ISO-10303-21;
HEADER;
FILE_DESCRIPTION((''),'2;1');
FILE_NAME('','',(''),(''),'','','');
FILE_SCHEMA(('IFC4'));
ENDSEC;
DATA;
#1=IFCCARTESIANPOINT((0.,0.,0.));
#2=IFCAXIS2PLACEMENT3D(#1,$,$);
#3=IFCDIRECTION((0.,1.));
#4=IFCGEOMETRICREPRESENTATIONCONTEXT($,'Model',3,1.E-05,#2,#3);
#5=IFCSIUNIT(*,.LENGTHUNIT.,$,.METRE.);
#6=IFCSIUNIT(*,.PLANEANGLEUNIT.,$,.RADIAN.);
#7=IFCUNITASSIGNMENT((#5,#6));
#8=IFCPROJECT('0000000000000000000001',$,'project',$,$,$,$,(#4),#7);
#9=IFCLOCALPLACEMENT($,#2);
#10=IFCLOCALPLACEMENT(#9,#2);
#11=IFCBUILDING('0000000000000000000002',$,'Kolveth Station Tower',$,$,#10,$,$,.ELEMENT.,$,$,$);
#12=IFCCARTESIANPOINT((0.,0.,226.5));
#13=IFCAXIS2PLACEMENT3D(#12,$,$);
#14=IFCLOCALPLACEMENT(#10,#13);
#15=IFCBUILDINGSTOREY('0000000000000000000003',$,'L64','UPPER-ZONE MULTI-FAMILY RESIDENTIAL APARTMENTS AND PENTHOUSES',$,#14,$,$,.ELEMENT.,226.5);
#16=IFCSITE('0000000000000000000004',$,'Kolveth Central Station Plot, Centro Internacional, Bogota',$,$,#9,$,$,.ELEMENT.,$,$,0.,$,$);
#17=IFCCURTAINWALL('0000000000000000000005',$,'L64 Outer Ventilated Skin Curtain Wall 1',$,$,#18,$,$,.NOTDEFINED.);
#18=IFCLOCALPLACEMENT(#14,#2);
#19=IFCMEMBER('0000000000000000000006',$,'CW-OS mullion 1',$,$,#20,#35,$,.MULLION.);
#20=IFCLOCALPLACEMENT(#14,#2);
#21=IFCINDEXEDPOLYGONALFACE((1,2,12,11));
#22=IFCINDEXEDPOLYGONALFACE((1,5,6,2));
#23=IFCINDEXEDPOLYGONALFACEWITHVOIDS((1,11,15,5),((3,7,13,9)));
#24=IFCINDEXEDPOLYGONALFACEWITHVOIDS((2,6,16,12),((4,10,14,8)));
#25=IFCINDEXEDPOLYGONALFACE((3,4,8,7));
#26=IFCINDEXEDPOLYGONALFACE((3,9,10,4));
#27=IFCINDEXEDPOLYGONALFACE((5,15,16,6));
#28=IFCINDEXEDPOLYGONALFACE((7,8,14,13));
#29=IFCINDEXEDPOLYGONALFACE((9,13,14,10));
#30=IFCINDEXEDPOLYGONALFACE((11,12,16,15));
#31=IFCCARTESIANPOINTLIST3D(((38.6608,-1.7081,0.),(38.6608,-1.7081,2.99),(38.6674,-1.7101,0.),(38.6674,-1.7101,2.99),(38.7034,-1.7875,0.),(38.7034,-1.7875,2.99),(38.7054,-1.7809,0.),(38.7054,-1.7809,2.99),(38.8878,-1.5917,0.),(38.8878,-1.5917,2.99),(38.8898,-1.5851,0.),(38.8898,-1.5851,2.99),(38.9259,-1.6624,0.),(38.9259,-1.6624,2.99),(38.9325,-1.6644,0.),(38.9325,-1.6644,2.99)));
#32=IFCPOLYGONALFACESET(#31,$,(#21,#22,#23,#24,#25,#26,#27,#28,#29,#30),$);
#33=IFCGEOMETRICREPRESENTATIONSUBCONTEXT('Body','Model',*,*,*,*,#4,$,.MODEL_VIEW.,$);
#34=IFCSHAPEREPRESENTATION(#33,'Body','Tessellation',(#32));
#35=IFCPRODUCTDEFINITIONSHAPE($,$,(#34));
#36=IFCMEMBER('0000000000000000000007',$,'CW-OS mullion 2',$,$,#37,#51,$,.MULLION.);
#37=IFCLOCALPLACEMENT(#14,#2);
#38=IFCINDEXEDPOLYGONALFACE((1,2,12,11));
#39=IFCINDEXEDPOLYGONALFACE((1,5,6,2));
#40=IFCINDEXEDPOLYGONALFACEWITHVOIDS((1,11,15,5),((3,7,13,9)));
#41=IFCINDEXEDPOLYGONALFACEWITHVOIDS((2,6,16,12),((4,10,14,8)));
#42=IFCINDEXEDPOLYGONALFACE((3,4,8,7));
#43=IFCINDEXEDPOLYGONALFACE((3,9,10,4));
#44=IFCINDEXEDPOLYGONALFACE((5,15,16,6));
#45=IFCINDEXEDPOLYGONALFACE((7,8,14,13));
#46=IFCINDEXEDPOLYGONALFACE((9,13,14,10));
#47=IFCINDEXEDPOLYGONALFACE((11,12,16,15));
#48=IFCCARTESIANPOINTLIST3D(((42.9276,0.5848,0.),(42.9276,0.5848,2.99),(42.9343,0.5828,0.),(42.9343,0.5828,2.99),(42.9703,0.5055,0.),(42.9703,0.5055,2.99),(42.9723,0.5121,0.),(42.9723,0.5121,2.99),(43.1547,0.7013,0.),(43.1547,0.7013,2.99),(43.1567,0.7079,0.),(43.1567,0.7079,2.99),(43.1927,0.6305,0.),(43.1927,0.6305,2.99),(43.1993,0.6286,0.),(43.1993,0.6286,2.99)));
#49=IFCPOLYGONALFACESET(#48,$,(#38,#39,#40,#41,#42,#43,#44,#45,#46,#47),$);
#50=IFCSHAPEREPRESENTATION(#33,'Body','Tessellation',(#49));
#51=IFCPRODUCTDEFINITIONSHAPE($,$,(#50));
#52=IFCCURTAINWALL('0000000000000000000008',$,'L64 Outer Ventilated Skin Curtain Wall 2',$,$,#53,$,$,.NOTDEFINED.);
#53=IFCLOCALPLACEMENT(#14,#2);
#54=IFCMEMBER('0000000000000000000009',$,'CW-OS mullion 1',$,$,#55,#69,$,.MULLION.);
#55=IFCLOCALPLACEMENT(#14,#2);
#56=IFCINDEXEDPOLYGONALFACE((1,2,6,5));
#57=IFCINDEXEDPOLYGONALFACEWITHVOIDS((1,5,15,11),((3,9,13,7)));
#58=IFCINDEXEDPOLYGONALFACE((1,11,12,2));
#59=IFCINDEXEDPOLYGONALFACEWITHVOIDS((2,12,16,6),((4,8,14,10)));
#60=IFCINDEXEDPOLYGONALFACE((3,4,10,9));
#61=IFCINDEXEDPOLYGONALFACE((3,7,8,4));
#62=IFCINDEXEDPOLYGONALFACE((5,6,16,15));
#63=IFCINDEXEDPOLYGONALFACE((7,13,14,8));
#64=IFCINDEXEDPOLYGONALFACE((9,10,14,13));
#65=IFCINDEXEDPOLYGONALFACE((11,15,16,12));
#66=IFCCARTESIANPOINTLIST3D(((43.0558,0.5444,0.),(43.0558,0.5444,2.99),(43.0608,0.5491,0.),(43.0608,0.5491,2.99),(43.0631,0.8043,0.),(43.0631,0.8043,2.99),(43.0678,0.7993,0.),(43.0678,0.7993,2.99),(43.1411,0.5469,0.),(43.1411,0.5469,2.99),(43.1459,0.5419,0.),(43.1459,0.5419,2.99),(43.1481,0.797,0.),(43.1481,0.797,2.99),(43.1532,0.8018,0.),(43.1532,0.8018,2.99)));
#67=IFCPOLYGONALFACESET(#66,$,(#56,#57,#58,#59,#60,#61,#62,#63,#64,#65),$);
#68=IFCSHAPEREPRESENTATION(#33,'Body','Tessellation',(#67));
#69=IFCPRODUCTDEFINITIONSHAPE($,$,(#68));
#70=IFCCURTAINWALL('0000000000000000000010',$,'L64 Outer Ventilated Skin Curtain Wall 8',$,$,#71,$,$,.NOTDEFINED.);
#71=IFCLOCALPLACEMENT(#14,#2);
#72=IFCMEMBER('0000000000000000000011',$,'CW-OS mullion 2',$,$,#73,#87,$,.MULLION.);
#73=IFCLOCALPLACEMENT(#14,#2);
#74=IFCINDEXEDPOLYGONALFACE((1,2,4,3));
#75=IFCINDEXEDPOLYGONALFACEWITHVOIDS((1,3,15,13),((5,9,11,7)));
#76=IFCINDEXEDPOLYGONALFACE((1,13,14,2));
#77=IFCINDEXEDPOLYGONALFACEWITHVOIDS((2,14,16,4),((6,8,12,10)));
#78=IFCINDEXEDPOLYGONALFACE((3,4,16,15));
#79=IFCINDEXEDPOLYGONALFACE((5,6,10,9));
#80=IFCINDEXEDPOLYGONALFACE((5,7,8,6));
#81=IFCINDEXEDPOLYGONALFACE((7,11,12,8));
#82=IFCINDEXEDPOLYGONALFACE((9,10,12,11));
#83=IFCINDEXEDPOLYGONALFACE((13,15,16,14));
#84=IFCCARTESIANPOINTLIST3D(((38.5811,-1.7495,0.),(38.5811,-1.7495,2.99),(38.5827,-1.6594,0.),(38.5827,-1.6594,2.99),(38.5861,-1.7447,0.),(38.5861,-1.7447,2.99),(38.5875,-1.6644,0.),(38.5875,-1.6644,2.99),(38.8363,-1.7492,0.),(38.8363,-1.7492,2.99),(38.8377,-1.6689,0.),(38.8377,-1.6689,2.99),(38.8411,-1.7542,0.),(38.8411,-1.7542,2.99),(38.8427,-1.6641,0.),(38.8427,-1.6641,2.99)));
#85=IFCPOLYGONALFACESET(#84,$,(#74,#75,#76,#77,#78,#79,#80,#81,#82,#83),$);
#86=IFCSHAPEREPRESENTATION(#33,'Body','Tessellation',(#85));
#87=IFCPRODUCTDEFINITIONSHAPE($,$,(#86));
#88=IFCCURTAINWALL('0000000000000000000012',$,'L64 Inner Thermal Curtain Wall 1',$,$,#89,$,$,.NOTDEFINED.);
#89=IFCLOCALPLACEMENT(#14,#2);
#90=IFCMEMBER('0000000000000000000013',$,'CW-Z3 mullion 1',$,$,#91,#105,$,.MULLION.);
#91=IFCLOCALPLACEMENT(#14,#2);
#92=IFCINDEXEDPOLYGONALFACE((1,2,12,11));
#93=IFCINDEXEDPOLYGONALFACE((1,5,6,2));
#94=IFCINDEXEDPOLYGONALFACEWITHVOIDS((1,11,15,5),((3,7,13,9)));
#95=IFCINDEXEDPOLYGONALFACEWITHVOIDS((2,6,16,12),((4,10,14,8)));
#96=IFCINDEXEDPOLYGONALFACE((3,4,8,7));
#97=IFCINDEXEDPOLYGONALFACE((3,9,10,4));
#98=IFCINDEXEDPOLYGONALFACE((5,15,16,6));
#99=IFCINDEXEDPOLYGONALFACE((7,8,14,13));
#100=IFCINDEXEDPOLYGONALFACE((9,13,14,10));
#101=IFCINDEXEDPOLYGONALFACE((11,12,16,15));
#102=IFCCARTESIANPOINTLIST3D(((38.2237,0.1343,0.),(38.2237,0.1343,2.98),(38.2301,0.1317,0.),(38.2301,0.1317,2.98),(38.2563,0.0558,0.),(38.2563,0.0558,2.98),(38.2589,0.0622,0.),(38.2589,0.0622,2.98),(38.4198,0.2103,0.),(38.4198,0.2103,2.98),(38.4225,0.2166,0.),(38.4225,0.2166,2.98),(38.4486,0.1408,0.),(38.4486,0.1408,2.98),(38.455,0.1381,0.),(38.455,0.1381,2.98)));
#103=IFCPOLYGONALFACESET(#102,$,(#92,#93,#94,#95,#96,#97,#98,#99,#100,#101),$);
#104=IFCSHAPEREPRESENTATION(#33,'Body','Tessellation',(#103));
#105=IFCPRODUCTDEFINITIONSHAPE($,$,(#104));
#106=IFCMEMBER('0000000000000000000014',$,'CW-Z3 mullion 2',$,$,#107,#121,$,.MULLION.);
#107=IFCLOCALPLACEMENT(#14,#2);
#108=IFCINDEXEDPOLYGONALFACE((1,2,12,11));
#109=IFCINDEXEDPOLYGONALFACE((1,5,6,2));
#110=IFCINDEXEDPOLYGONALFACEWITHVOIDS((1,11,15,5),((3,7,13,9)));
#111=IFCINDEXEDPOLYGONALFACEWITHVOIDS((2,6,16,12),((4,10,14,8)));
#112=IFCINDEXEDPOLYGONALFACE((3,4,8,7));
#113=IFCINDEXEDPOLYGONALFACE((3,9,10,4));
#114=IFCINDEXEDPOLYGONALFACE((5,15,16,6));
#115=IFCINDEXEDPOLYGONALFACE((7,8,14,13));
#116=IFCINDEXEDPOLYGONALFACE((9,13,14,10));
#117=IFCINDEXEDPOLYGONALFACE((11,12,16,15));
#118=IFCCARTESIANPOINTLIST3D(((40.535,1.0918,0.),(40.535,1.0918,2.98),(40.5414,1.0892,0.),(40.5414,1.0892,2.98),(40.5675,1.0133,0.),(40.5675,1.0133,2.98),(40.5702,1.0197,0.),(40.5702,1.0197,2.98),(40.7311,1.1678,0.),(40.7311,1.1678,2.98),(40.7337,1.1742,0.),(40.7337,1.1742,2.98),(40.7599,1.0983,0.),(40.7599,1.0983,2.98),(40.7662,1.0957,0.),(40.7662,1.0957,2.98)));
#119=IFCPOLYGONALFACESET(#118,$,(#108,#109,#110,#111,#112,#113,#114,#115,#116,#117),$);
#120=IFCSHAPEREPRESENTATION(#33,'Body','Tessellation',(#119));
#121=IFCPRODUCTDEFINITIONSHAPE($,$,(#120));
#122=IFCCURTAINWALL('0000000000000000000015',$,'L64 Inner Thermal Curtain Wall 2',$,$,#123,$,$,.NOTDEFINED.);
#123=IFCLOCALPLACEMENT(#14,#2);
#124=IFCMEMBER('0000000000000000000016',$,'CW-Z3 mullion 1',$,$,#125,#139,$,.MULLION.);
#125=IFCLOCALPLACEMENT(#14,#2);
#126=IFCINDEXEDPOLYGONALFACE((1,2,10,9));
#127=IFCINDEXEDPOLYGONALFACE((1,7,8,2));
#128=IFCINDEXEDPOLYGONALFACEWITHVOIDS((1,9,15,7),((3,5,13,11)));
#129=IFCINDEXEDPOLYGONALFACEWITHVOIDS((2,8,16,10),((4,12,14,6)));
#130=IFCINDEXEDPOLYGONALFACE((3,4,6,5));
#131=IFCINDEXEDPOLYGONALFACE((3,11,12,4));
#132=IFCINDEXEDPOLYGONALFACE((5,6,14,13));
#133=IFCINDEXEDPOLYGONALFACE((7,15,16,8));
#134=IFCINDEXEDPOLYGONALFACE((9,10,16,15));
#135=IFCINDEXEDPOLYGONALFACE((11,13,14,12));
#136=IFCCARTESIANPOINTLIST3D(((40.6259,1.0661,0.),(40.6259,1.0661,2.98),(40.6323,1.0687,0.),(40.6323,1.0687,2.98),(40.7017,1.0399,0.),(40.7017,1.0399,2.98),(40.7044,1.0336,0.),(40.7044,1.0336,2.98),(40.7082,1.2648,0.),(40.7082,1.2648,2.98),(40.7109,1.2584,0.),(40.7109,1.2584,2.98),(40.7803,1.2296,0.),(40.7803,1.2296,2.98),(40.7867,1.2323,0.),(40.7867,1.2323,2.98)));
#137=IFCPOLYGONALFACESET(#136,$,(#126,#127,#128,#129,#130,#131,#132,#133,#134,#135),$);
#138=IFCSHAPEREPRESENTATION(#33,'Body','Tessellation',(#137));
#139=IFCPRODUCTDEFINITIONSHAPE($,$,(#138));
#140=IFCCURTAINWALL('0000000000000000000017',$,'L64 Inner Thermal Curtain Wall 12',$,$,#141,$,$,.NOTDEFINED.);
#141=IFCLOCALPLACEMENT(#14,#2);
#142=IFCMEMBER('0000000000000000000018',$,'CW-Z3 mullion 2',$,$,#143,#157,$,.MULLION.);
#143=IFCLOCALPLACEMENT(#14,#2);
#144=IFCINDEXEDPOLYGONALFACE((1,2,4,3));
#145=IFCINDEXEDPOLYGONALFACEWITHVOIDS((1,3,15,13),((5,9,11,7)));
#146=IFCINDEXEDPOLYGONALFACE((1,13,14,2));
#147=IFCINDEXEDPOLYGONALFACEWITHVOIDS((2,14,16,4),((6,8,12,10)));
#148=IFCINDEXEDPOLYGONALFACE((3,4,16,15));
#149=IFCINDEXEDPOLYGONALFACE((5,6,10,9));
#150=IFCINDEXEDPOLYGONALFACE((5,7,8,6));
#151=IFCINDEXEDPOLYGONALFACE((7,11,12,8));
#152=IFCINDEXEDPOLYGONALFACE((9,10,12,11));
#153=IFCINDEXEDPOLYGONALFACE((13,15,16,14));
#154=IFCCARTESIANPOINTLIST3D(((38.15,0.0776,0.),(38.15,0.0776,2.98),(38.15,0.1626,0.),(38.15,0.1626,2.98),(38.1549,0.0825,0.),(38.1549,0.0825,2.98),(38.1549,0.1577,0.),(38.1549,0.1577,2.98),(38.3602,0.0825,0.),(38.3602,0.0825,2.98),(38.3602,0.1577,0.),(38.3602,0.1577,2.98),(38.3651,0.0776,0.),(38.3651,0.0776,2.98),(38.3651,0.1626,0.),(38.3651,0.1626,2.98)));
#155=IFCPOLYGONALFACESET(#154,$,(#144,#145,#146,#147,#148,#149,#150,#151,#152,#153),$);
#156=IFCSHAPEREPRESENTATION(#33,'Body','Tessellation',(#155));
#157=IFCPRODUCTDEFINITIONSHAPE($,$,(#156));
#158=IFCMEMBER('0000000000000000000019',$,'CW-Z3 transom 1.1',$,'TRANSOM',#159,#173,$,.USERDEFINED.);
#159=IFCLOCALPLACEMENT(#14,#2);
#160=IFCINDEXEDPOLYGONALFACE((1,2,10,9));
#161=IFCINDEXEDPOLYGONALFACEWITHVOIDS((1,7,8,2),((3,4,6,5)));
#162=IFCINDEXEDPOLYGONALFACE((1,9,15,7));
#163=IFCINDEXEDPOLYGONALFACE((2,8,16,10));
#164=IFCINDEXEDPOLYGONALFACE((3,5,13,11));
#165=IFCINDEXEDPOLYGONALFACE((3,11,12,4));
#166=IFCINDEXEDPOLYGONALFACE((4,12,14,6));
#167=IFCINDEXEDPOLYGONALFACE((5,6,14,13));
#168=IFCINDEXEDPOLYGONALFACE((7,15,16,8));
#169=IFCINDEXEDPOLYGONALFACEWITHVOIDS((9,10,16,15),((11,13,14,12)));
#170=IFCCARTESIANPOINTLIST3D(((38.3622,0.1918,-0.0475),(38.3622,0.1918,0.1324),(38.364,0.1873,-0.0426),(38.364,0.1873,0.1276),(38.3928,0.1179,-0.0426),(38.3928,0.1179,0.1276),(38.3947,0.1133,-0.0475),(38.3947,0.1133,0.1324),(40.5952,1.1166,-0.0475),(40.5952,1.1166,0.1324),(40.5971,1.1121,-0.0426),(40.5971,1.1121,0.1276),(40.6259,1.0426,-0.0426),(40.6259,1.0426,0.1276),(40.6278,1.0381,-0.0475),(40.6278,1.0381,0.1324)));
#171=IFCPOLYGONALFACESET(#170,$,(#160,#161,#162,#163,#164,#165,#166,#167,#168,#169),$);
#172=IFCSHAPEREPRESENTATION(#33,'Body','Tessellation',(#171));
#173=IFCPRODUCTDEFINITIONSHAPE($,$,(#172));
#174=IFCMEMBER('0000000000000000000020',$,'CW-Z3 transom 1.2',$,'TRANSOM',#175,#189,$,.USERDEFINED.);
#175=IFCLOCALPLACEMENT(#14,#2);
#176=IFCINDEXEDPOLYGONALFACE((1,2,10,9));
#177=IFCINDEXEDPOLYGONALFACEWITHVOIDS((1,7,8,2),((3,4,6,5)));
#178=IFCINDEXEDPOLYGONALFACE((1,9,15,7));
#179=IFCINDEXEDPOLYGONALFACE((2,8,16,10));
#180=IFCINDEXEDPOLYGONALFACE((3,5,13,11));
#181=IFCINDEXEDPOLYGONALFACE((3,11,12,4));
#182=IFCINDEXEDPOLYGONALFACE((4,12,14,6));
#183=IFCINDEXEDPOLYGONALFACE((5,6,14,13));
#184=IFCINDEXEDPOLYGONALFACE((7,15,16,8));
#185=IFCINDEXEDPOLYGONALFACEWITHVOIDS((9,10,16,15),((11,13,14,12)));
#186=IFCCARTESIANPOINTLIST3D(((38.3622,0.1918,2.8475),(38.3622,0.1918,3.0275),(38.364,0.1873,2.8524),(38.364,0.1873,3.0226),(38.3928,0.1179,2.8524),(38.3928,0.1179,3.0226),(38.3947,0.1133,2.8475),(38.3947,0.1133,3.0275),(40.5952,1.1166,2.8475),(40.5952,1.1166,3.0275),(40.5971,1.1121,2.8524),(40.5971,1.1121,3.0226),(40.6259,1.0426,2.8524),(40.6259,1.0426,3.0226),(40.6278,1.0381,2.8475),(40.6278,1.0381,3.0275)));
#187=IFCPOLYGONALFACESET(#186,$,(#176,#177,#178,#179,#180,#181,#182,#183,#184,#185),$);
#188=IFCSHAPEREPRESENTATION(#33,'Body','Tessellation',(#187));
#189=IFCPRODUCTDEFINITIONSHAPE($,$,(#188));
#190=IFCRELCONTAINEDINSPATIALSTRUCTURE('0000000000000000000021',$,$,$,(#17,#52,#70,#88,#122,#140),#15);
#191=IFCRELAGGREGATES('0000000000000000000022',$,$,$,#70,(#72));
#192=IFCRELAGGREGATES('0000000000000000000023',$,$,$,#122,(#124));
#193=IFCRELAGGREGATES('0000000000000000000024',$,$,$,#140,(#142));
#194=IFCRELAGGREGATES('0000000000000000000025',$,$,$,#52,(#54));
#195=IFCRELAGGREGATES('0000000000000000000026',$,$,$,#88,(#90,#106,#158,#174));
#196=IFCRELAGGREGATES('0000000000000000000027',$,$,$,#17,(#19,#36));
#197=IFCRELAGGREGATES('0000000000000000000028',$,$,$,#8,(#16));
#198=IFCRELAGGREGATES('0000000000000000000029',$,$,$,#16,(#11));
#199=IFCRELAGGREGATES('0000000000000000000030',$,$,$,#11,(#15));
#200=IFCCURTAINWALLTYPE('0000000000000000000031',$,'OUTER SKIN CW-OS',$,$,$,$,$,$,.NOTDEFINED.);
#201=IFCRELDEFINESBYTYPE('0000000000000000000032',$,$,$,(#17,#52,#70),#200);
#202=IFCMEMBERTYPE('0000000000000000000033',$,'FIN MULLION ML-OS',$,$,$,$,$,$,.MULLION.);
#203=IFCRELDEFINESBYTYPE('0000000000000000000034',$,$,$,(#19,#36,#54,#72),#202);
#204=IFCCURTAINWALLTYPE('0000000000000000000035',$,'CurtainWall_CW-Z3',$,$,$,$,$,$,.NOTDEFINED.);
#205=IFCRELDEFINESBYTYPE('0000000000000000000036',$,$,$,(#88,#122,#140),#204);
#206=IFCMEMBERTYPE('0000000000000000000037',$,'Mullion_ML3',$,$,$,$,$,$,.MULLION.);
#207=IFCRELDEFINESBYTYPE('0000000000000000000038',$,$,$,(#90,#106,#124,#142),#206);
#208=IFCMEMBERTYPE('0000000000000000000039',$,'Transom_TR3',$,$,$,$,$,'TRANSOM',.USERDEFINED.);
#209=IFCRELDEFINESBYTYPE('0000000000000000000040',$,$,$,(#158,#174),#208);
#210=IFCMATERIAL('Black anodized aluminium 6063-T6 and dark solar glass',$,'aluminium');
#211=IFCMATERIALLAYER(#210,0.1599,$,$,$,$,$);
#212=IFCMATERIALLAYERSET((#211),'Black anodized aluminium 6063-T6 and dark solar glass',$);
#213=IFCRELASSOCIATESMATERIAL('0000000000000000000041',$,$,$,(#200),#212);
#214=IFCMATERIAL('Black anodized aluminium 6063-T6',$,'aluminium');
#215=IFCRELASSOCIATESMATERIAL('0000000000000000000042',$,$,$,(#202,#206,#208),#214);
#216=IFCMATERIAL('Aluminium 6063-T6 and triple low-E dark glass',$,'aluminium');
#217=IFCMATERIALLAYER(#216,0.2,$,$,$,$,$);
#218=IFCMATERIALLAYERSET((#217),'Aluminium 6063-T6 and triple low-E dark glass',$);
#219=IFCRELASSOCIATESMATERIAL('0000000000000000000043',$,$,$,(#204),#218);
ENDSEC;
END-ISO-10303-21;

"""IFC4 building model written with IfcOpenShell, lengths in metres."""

from ifc_helpers import new_model, si_unit, direction, frame, origin, origin_2d, place, context, subcontext, project, spatial, hollow_rectangle, extrude, source, transform, mapped, material, layer, layer_set, material_profile, profile_set, type_object, element, aggregate, save


model = new_model("IFC4")

# Units and contexts
model_context = context("Model", 3, precision=1e-05, world=origin(), true_north=direction((0.0, 1.0)))
body_context = subcontext(model_context, "Body", "Model", "MODEL_VIEW")
ifc_project = project(units=[si_unit("LENGTHUNIT", "METRE"), si_unit("PLANEANGLEUNIT", "RADIAN")], contexts=[model_context])

# Site, building, storey
site_placement = place(None, origin())
site = spatial("IfcSite", under=ifc_project, at=site_placement, Name="Kolveth Central Station Plot, Centro Internacional, Bogota", CompositionType="ELEMENT", RefElevation=0.0)
building_placement = place(site_placement, origin())
building = spatial("IfcBuilding", under=site, at=building_placement, Name="Kolveth Station Tower", CompositionType="ELEMENT")
storey_placement = place(building_placement, frame((0.0, 0.0, 226.5)))
storey = spatial("IfcBuildingStorey", under=building, at=storey_placement, Name="L64", Description="UPPER-ZONE MULTI-FAMILY RESIDENTIAL APARTMENTS AND PENTHOUSES", CompositionType="ELEMENT", Elevation=226.5)

# Curtain wall, members
ifc_material_1 = material(Name="Black anodized aluminium 6063-T6 and dark solar glass", Category="aluminium")
ifc_layer_1 = layer(ifc_material_1, 0.1599)
ifc_layer_set_1 = layer_set([ifc_layer_1], Name="Black anodized aluminium 6063-T6 and dark solar glass")
curtain_wall_type_1 = type_object("IfcCurtainWallType", Name="OUTER SKIN CW-OS", PredefinedType="NOTDEFINED", material=ifc_layer_set_1)
curtain_wall_1_placement = place(storey_placement, origin())
curtain_wall_1 = element("IfcCurtainWall", 1, at=curtain_wall_1_placement, inside=storey, type_object=curtain_wall_type_1, Name="L64 Outer Ventilated Skin Curtain Wall 1", PredefinedType="NOTDEFINED")
ifc_material_2 = material(Name="Black anodized aluminium 6063-T6", Category="aluminium")
ifc_material_profile_1 = material_profile(ifc_material_2, hollow_rectangle(XDim=0.0901, YDim=0.26, WallThickness=0.0049, at=origin_2d()), Name="ALU-90x260x5")
ifc_profile_set_1 = profile_set([ifc_material_profile_1], Name="Black anodized aluminium 6063-T6")
member_type_1 = type_object("IfcMemberType", Name="FIN MULLION ML-OS", PredefinedType="MULLION", material=ifc_profile_set_1)
shared_shape_1 = source(origin(), body_context, "Body", "SweptSolid", [
    extrude(hollow_rectangle(XDim=0.0901, YDim=0.26, WallThickness=0.0049, at=origin_2d()), origin(), (0.0, 0.0, 1.0), 2.99),
])
member_1_placement = place(storey_placement, frame((38.7966, -1.6863, 0.0), z_axis=(0.0, 0.0, 1.0), x_axis=(-0.47339, 0.880853, 0.0)))
member_1 = element("IfcMember", 2, at=member_1_placement, type_object=member_type_1, Name="CW-OS mullion 1", PredefinedType="MULLION", context=body_context, shape_type="MappedRepresentation", body=[
    mapped(shared_shape_1, transform((0.0, 0.0, 0.0), x_axis=(1.0, 0.0, 0.0), y_axis=(0.0, 1.0, 0.0), z_axis=(0.0, 0.0, 1.0), scale=1.0)),
])
member_2_placement = place(storey_placement, frame((43.0635, 0.6067, 0.0), z_axis=(0.0, 0.0, 1.0), x_axis=(-0.47339, 0.880853, 0.0)))
member_2 = element("IfcMember", 3, at=member_2_placement, type_object=member_type_1, Name="CW-OS mullion 2", PredefinedType="MULLION", context=body_context, shape_type="MappedRepresentation", body=[
    mapped(shared_shape_1, transform((0.0, 0.0, 0.0), x_axis=(1.0, 0.0, 0.0), y_axis=(0.0, 1.0, 0.0), z_axis=(0.0, 0.0, 1.0), scale=1.0)),
])

# Curtain walls, members
curtain_wall_2_placement = place(storey_placement, origin())
curtain_wall_2 = element("IfcCurtainWall", 4, at=curtain_wall_2_placement, inside=storey, type_object=curtain_wall_type_1, Name="L64 Outer Ventilated Skin Curtain Wall 2", PredefinedType="NOTDEFINED")
member_3_placement = place(storey_placement, frame((43.1045, 0.6731, 0.0), z_axis=(0.0, 0.0, 1.0), x_axis=(-0.999608, 0.02799, 0.0)))
member_3 = element("IfcMember", 5, at=member_3_placement, type_object=member_type_1, Name="CW-OS mullion 1", PredefinedType="MULLION", context=body_context, shape_type="MappedRepresentation", body=[
    mapped(shared_shape_1, transform((0.0, 0.0, 0.0), x_axis=(1.0, 0.0, 0.0), y_axis=(0.0, 1.0, 0.0), z_axis=(0.0, 0.0, 1.0), scale=1.0)),
])
curtain_wall_3_placement = place(storey_placement, origin())
curtain_wall_3 = element("IfcCurtainWall", 6, at=curtain_wall_3_placement, inside=storey, type_object=curtain_wall_type_1, Name="L64 Outer Ventilated Skin Curtain Wall 8", PredefinedType="NOTDEFINED")
member_4_placement = place(storey_placement, frame((38.7119, -1.7068, 0.0), z_axis=(0.0, 0.0, 1.0), x_axis=(0.017969, 0.999839, 0.0)))
member_4 = element("IfcMember", 7, at=member_4_placement, type_object=member_type_1, Name="CW-OS mullion 2", PredefinedType="MULLION", context=body_context, shape_type="MappedRepresentation", body=[
    mapped(shared_shape_1, transform((0.0, 0.0, 0.0), x_axis=(1.0, 0.0, 0.0), y_axis=(0.0, 1.0, 0.0), z_axis=(0.0, 0.0, 1.0), scale=1.0)),
])
aggregate(curtain_wall_3, [member_4])

# Curtain wall, members
ifc_material_3 = material(Name="Aluminium 6063-T6 and triple low-E dark glass", Category="aluminium")
ifc_layer_2 = layer(ifc_material_3, 0.2)
ifc_layer_set_2 = layer_set([ifc_layer_2], Name="Aluminium 6063-T6 and triple low-E dark glass")
curtain_wall_type_2 = type_object("IfcCurtainWallType", Name="CurtainWall_CW-Z3", PredefinedType="NOTDEFINED", material=ifc_layer_set_2)
curtain_wall_4_placement = place(storey_placement, origin())
curtain_wall_4 = element("IfcCurtainWall", 8, at=curtain_wall_4_placement, inside=storey, type_object=curtain_wall_type_2, Name="L64 Inner Thermal Curtain Wall 1", PredefinedType="NOTDEFINED")
ifc_material_profile_2 = material_profile(ifc_material_2, hollow_rectangle(XDim=0.085, YDim=0.2151, WallThickness=0.0049, at=origin_2d()), Name="ALU-85x215x5")
ifc_profile_set_2 = profile_set([ifc_material_profile_2], Name="Black anodized aluminium 6063-T6")
member_type_2 = type_object("IfcMemberType", Name="Mullion_ML3", PredefinedType="MULLION", material=ifc_profile_set_2)
shared_shape_2 = source(origin(), body_context, "Body", "SweptSolid", [
    extrude(hollow_rectangle(XDim=0.085, YDim=0.2151, WallThickness=0.0049, at=origin_2d()), origin(), (0.0, 0.0, 1.0), 2.98),
])
member_5_placement = place(storey_placement, frame((38.3394, 0.1362, 0.0), z_axis=(0.0, 0.0, 1.0), x_axis=(-0.382693, 0.923875, 0.0)))
member_5 = element("IfcMember", 9, at=member_5_placement, type_object=member_type_2, Name="CW-Z3 mullion 1", PredefinedType="MULLION", context=body_context, shape_type="MappedRepresentation", body=[
    mapped(shared_shape_2, transform((0.0, 0.0, 0.0), x_axis=(1.0, 0.0, 0.0), y_axis=(0.0, 1.0, 0.0), z_axis=(0.0, 0.0, 1.0), scale=1.0)),
])
member_6_placement = place(storey_placement, frame((40.6506, 1.0938, 0.0), z_axis=(0.0, 0.0, 1.0), x_axis=(-0.382693, 0.923875, 0.0)))
member_6 = element("IfcMember", 10, at=member_6_placement, type_object=member_type_2, Name="CW-Z3 mullion 2", PredefinedType="MULLION", context=body_context, shape_type="MappedRepresentation", body=[
    mapped(shared_shape_2, transform((0.0, 0.0, 0.0), x_axis=(1.0, 0.0, 0.0), y_axis=(0.0, 1.0, 0.0), z_axis=(0.0, 0.0, 1.0), scale=1.0)),
])

# Curtain walls, members
curtain_wall_5_placement = place(storey_placement, origin())
curtain_wall_5 = element("IfcCurtainWall", 11, at=curtain_wall_5_placement, inside=storey, type_object=curtain_wall_type_2, Name="L64 Inner Thermal Curtain Wall 2", PredefinedType="NOTDEFINED")
member_7_placement = place(storey_placement, frame((40.7063, 1.1492, 0.0), z_axis=(0.0, 0.0, 1.0), x_axis=(-0.923875, 0.382693, 0.0)))
member_7 = element("IfcMember", 12, at=member_7_placement, type_object=member_type_2, Name="CW-Z3 mullion 1", PredefinedType="MULLION", context=body_context, shape_type="MappedRepresentation", body=[
    mapped(shared_shape_2, transform((0.0, 0.0, 0.0), x_axis=(1.0, 0.0, 0.0), y_axis=(0.0, 1.0, 0.0), z_axis=(0.0, 0.0, 1.0), scale=1.0)),
])
aggregate(curtain_wall_5, [member_7])
curtain_wall_6_placement = place(storey_placement, origin())
curtain_wall_6 = element("IfcCurtainWall", 13, at=curtain_wall_6_placement, inside=storey, type_object=curtain_wall_type_2, Name="L64 Inner Thermal Curtain Wall 12", PredefinedType="NOTDEFINED")
member_8_placement = place(storey_placement, frame((38.2576, 0.1201, 0.0), z_axis=(0.0, 0.0, 1.0), x_axis=(0.0, 1.0, 0.0)))
member_8 = element("IfcMember", 14, at=member_8_placement, type_object=member_type_2, Name="CW-Z3 mullion 2", PredefinedType="MULLION", context=body_context, shape_type="MappedRepresentation", body=[
    mapped(shared_shape_2, transform((0.0, 0.0, 0.0), x_axis=(1.0, 0.0, 0.0), y_axis=(0.0, 1.0, 0.0), z_axis=(0.0, 0.0, 1.0), scale=1.0)),
])
aggregate(curtain_wall_6, [member_8])

# Members
ifc_material_profile_3 = material_profile(ifc_material_2, hollow_rectangle(XDim=0.085, YDim=0.1799, WallThickness=0.0049, at=origin_2d()), Name="ALU-85x180x5")
ifc_profile_set_3 = profile_set([ifc_material_profile_3], Name="Black anodized aluminium 6063-T6")
member_type_3 = type_object("IfcMemberType", Name="Transom_TR3", ElementType="TRANSOM", PredefinedType="USERDEFINED", material=ifc_profile_set_3)
shared_shape_3 = source(origin(), body_context, "Body", "SweptSolid", [
    extrude(hollow_rectangle(XDim=0.085, YDim=0.1799, WallThickness=0.0049, at=origin_2d()), origin(), (0.0, 0.0, 1.0), 2.417),
])
member_9_placement = place(storey_placement, frame((38.3784, 0.1526, 0.0425), z_axis=(0.923909, 0.382613, 0.0), x_axis=(-0.382613, 0.923909, 0.0)))
member_9 = element("IfcMember", 15, at=member_9_placement, type_object=member_type_3, Name="CW-Z3 transom 1.1", ObjectType="TRANSOM", PredefinedType="USERDEFINED", context=body_context, shape_type="MappedRepresentation", body=[
    mapped(shared_shape_3, transform((0.0, 0.0, 0.0), x_axis=(1.0, 0.0, 0.0), y_axis=(0.0, 1.0, 0.0), z_axis=(0.0, 0.0, 1.0), scale=1.0)),
])
member_10_placement = place(storey_placement, frame((38.3784, 0.1526, 2.9375), z_axis=(0.923909, 0.382613, 0.0), x_axis=(-0.382613, 0.923909, 0.0)))
member_10 = element("IfcMember", 16, at=member_10_placement, type_object=member_type_3, Name="CW-Z3 transom 1.2", ObjectType="TRANSOM", PredefinedType="USERDEFINED", context=body_context, shape_type="MappedRepresentation", body=[
    mapped(shared_shape_3, transform((0.0, 0.0, 0.0), x_axis=(1.0, 0.0, 0.0), y_axis=(0.0, 1.0, 0.0), z_axis=(0.0, 0.0, 1.0), scale=1.0)),
])
aggregate(curtain_wall_2, [member_3])

aggregate(curtain_wall_4, [member_5, member_6, member_9, member_10])
aggregate(curtain_wall_1, [member_1, member_2])

save(model, "model.ifc")
